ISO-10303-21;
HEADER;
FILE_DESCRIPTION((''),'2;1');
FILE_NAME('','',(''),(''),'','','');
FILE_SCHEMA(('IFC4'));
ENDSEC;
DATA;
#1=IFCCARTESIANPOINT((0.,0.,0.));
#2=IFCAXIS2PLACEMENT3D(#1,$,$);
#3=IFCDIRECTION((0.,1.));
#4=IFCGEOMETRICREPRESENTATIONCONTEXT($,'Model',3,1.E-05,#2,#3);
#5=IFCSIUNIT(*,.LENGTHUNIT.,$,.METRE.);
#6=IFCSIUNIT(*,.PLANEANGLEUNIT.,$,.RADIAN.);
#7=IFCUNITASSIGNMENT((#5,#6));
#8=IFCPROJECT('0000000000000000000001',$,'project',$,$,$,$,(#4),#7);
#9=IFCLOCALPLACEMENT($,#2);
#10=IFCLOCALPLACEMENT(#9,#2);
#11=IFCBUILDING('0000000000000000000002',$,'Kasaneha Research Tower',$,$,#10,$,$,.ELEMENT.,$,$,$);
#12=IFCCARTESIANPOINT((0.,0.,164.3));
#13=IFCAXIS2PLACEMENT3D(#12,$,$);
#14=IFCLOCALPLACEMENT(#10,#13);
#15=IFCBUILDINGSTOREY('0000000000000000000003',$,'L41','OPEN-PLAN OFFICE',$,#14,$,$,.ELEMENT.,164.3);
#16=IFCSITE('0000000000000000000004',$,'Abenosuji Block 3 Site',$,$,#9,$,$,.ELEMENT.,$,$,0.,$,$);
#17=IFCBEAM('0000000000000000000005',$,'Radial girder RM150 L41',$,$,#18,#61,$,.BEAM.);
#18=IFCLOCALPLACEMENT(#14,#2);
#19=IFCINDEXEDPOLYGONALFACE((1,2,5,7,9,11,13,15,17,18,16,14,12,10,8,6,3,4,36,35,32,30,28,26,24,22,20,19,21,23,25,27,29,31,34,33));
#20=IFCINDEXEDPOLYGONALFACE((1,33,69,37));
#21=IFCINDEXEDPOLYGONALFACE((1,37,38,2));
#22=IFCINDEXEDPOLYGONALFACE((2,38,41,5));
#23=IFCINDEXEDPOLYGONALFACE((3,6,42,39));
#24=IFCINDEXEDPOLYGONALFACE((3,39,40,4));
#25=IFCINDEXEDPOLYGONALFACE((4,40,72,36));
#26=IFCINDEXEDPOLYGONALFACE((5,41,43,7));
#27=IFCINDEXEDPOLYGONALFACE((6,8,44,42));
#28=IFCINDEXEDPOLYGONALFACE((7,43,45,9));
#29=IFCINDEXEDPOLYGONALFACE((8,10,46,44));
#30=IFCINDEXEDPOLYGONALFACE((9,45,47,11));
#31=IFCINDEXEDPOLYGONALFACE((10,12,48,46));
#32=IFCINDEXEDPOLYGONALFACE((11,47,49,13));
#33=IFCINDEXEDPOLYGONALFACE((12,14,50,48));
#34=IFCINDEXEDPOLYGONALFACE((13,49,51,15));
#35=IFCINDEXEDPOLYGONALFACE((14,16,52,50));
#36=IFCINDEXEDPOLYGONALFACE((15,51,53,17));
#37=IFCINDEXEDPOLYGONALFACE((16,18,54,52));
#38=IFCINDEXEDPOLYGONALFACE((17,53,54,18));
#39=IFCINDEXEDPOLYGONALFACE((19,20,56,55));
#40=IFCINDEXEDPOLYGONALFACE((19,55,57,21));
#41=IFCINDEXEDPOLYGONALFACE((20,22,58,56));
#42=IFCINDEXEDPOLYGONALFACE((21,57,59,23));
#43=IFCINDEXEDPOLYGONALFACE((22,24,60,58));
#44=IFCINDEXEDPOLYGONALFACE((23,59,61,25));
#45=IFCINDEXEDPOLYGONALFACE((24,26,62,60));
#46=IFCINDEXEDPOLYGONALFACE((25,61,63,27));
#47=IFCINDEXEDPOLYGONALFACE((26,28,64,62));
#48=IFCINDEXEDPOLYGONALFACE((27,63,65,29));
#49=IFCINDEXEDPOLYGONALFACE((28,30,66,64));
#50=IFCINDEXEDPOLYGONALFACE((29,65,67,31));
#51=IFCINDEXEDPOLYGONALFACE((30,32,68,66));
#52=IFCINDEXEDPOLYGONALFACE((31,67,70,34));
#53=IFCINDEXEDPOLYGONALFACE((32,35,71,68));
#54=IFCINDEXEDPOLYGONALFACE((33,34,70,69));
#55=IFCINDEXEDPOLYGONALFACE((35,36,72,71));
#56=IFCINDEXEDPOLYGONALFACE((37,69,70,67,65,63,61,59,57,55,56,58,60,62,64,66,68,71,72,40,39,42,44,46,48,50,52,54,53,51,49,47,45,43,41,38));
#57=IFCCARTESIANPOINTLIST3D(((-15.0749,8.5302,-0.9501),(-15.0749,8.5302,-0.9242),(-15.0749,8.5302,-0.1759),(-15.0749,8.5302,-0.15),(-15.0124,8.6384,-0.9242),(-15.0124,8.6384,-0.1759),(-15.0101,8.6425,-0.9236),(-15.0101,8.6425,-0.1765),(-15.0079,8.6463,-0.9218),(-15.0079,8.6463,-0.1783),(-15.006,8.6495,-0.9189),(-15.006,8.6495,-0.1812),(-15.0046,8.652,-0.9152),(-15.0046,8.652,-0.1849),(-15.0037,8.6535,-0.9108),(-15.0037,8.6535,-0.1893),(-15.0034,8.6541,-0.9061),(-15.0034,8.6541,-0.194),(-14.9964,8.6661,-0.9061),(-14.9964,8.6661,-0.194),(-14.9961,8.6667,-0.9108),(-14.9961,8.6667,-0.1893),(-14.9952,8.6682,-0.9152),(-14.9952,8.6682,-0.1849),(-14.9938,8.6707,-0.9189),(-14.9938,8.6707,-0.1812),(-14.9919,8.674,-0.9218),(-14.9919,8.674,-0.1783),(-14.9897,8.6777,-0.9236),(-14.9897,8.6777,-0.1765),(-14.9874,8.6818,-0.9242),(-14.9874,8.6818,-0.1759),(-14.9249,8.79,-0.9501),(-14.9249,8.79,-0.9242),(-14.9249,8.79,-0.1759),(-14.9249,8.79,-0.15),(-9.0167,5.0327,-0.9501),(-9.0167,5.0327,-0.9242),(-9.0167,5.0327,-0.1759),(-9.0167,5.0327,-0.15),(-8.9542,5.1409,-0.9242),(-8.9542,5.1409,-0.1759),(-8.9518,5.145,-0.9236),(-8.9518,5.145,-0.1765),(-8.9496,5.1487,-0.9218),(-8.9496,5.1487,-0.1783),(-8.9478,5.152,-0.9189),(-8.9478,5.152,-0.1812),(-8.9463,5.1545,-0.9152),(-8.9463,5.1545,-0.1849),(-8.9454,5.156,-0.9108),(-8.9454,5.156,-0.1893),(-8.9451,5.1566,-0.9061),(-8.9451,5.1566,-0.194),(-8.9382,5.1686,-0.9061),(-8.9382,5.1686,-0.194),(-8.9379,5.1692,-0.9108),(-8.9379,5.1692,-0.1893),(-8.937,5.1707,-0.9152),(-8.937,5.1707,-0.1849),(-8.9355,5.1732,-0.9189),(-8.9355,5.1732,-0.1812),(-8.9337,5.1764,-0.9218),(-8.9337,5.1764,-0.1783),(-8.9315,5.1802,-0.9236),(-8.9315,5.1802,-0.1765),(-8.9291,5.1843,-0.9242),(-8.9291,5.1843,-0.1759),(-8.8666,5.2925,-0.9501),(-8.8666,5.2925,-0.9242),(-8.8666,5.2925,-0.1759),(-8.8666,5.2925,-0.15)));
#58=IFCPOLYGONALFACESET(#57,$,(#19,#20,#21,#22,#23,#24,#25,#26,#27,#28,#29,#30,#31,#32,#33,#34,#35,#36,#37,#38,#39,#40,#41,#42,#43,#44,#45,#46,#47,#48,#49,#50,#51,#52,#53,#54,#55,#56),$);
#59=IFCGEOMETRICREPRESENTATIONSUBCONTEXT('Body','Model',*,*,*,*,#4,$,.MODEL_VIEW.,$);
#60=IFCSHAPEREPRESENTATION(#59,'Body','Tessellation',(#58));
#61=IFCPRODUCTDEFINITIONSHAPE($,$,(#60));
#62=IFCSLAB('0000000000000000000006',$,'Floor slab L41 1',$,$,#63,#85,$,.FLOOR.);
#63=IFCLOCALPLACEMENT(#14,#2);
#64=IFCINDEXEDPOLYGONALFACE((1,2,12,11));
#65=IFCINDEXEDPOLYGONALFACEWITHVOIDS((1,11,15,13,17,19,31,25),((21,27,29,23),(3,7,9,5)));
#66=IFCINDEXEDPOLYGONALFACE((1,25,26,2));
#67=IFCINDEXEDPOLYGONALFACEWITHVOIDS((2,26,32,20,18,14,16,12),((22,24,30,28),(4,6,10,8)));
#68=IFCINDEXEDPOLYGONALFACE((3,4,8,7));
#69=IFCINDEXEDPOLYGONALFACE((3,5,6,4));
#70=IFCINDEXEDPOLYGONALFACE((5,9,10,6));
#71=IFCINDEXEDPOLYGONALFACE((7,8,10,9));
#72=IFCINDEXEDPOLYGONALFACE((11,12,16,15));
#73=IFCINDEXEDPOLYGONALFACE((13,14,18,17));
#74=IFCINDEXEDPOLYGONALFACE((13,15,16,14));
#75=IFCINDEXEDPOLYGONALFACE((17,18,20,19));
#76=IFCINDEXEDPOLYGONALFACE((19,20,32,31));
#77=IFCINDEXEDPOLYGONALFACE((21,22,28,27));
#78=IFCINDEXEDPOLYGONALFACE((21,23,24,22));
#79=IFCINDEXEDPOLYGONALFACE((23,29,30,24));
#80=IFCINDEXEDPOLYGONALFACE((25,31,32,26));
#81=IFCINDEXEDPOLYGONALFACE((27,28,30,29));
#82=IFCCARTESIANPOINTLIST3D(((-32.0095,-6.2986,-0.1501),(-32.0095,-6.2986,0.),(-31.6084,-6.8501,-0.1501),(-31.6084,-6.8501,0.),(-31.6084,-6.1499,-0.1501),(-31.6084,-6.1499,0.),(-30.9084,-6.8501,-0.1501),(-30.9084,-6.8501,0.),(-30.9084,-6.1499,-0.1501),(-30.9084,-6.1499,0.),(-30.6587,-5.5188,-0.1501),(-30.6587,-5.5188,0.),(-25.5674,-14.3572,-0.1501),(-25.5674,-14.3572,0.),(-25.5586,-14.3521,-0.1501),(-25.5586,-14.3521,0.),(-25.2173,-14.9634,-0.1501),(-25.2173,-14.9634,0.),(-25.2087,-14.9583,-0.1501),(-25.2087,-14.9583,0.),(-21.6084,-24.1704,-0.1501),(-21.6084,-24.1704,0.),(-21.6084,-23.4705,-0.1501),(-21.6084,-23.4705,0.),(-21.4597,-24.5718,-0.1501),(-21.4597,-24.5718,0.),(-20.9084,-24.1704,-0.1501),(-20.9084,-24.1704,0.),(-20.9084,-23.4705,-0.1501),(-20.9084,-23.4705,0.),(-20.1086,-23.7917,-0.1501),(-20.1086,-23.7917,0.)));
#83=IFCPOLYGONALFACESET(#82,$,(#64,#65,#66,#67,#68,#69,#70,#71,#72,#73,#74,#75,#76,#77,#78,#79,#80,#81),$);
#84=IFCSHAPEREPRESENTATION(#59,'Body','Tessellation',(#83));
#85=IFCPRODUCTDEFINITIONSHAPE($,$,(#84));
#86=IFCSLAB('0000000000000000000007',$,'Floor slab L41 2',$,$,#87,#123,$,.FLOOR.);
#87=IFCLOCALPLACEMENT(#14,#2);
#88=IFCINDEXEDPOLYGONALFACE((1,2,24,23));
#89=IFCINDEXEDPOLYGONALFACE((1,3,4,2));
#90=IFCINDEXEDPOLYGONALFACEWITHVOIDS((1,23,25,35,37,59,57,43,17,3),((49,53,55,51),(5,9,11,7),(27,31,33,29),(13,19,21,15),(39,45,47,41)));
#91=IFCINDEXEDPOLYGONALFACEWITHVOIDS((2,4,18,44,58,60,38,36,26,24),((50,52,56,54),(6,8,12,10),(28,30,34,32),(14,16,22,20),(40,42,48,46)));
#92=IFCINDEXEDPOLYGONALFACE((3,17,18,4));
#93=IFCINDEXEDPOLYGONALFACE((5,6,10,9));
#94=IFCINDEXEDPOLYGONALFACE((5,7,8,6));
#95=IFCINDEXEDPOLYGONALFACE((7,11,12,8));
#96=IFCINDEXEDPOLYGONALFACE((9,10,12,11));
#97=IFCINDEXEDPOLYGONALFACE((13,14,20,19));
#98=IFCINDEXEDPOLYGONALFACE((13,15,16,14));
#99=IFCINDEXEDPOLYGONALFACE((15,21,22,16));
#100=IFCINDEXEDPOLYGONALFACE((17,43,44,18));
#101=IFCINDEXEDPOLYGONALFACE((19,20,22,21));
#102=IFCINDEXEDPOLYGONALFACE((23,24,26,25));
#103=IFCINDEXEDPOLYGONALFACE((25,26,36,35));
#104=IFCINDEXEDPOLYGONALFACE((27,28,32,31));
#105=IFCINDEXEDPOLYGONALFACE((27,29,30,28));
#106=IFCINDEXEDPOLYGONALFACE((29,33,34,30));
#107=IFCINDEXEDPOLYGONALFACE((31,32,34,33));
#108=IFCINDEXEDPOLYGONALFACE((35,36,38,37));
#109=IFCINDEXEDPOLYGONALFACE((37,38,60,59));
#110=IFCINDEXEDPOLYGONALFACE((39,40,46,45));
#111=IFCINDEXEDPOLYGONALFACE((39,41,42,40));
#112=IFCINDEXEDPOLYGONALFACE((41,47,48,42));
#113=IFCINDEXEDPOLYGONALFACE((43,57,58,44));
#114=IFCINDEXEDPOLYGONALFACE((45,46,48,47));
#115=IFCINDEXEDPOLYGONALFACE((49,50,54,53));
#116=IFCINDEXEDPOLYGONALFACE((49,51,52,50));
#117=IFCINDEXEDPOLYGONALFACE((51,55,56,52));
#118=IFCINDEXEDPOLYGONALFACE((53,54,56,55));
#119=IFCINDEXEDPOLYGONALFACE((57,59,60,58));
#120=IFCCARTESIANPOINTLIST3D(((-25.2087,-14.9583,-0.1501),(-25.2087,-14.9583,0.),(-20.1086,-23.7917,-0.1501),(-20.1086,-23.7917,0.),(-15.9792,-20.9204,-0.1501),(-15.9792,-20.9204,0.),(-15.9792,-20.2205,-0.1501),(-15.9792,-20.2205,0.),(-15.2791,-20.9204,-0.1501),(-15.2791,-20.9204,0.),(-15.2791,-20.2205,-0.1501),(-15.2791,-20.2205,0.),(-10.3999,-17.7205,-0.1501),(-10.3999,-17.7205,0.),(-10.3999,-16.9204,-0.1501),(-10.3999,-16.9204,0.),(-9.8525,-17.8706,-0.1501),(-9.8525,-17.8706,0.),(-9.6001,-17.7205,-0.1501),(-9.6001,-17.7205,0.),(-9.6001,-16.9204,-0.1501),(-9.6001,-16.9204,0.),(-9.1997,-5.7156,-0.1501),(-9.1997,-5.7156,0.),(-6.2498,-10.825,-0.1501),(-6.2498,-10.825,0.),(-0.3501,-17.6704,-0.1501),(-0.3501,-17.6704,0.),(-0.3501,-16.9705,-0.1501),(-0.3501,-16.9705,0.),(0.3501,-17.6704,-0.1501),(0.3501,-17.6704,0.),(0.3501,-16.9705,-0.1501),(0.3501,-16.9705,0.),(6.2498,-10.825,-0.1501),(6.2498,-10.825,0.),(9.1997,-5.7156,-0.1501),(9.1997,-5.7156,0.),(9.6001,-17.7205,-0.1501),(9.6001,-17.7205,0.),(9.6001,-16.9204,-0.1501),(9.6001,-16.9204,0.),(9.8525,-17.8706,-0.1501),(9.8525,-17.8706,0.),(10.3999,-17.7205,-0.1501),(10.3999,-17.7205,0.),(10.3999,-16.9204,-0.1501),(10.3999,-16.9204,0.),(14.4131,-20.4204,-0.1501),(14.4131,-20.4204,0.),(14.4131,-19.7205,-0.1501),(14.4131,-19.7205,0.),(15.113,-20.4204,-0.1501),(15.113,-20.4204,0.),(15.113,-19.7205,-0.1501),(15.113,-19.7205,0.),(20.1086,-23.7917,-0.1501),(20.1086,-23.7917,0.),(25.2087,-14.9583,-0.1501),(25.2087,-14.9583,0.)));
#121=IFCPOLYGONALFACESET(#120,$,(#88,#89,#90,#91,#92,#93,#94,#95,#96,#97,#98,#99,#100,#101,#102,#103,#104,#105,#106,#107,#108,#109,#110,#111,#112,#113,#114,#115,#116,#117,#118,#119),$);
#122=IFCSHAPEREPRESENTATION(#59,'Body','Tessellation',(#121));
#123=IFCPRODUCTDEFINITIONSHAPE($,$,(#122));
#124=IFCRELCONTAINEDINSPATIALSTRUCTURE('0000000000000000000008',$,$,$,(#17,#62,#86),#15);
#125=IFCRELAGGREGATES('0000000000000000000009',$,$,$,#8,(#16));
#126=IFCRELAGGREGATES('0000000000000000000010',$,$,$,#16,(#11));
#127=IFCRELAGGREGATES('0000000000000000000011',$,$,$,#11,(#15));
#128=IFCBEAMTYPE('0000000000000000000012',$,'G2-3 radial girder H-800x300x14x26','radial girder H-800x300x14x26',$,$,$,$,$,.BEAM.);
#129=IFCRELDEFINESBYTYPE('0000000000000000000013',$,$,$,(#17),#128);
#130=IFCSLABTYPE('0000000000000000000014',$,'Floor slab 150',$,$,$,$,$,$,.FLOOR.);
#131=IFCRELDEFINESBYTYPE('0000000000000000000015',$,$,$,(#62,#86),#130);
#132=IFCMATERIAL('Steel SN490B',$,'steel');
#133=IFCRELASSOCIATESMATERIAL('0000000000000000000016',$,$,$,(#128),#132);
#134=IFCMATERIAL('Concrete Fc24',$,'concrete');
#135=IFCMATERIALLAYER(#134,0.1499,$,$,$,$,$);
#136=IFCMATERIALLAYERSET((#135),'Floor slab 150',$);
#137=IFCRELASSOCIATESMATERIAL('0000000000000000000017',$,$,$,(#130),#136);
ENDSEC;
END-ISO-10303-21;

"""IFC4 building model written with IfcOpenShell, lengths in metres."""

from ifc_helpers import new_model, si_unit, direction, frame, origin, origin_2d, place, context, subcontext, project, spatial, polyline, i_section, outline, extrude, material, layer, layer_set, material_profile, profile_set, type_object, element, save


model = new_model("IFC4")

# Units and contexts
model_context = context("Model", 3, precision=1e-05, world=origin(), true_north=direction((0.0, 1.0)))
body_context = subcontext(model_context, "Body", "Model", "MODEL_VIEW")
ifc_project = project(units=[si_unit("LENGTHUNIT", "METRE"), si_unit("PLANEANGLEUNIT", "RADIAN")], contexts=[model_context])

# Site, building, storey
site_placement = place(None, origin())
site = spatial("IfcSite", under=ifc_project, at=site_placement, Name="Abenosuji Block 3 Site", CompositionType="ELEMENT", RefElevation=0.0)
building_placement = place(site_placement, origin())
building = spatial("IfcBuilding", under=site, at=building_placement, Name="Kasaneha Research Tower", CompositionType="ELEMENT")
storey_placement = place(building_placement, frame((0.0, 0.0, 164.3)))
storey = spatial("IfcBuildingStorey", under=building, at=storey_placement, Name="L41", Description="OPEN-PLAN OFFICE", CompositionType="ELEMENT", Elevation=164.3)

# Beam
ifc_material_1 = material(Name="Steel SN490B", Category="steel")
ifc_material_profile = material_profile(ifc_material_1, i_section(OverallWidth=0.3, OverallDepth=0.8, WebThickness=0.0139, FlangeThickness=0.0259, FilletRadius=0.0181, at=origin_2d()), Name="H-800x300x14x26")
ifc_profile_set = profile_set([ifc_material_profile], Name="Steel SN490B")
beam_type = type_object("IfcBeamType", Name="G2-3 radial girder H-800x300x14x26", Description="radial girder H-800x300x14x26", PredefinedType="BEAM", material=ifc_profile_set)
beam_placement = place(storey_placement, frame((-8.9417, 5.1626, -0.55), z_axis=(-0.86604, 0.499975, 0.0), x_axis=(-0.499975, -0.86604, 0.0)))
element("IfcBeam", 1, at=beam_placement, inside=storey, type_object=beam_type, Name="Radial girder RM150 L41", PredefinedType="BEAM", context=body_context, shape_type="SweptSolid", body=[
    extrude(i_section(OverallWidth=0.3, OverallDepth=0.8, WebThickness=0.0139, FlangeThickness=0.0259, FilletRadius=0.0181, at=origin_2d()), origin(), (0.0, 0.0, 1.0), 6.9954),
])

# Slabs
ifc_material_2 = material(Name="Concrete Fc24", Category="concrete")
ifc_layer_1 = layer(ifc_material_2, 0.1499)
ifc_layer_set_1 = layer_set([ifc_layer_1], Name="Floor slab 150")
slab_type = type_object("IfcSlabType", Name="Floor slab 150", PredefinedType="FLOOR", material=ifc_layer_set_1)
slab_1_placement = place(storey_placement, frame((0.0, 0.0, -0.1501)))
element("IfcSlab", 2, at=slab_1_placement, inside=storey, type_object=slab_type, Name="Floor slab L41 1", PredefinedType="FLOOR", context=body_context, shape_type="SweptSolid", body=[
    extrude(outline(polyline([(-32.0095, -6.2986), (-30.6587, -5.5188), (-25.5586, -14.3521), (-25.5674, -14.3572), (-25.2173, -14.9634), (-25.2087, -14.9583), (-20.1086, -23.7917), (-21.4597, -24.5718), (-32.0095, -6.2986)]), holes=[polyline([(-20.9084, -24.1704), (-20.9084, -23.4705), (-21.6084, -23.4705), (-21.6084, -24.1704), (-20.9084, -24.1704)]), polyline([(-30.9084, -6.8501), (-30.9084, -6.1499), (-31.6084, -6.1499), (-31.6084, -6.8501), (-30.9084, -6.8501)])]), origin(), (0.0, 0.0, 1.0), 0.1501),
])
slab_2_placement = place(storey_placement, frame((0.0, 0.0, -0.1501)))
element("IfcSlab", 3, at=slab_2_placement, inside=storey, type_object=slab_type, Name="Floor slab L41 2", PredefinedType="FLOOR", context=body_context, shape_type="SweptSolid", body=[
    extrude(outline(polyline([(9.8525, -17.8706), (-9.8525, -17.8706), (-20.1086, -23.7917), (-25.2087, -14.9583), (-9.1997, -5.7156), (-6.2498, -10.825), (6.2498, -10.825), (9.1997, -5.7156), (25.2087, -14.9583), (20.1086, -23.7917), (9.8525, -17.8706)]), holes=[polyline([(-15.2791, -20.9204), (-15.2791, -20.2205), (-15.9792, -20.2205), (-15.9792, -20.9204), (-15.2791, -20.9204)]), polyline([(0.3501, -17.6704), (0.3501, -16.9705), (-0.3501, -16.9705), (-0.3501, -17.6704), (0.3501, -17.6704)]), polyline([(-10.3999, -17.7205), (-9.6001, -17.7205), (-9.6001, -16.9204), (-10.3999, -16.9204), (-10.3999, -17.7205)]), polyline([(15.113, -20.4204), (15.113, -19.7205), (14.4131, -19.7205), (14.4131, -20.4204), (15.113, -20.4204)]), polyline([(9.6001, -17.7205), (10.3999, -17.7205), (10.3999, -16.9204), (9.6001, -16.9204), (9.6001, -17.7205)])]), origin(), (0.0, 0.0, 1.0), 0.1501),
])

save(model, "model.ifc")
